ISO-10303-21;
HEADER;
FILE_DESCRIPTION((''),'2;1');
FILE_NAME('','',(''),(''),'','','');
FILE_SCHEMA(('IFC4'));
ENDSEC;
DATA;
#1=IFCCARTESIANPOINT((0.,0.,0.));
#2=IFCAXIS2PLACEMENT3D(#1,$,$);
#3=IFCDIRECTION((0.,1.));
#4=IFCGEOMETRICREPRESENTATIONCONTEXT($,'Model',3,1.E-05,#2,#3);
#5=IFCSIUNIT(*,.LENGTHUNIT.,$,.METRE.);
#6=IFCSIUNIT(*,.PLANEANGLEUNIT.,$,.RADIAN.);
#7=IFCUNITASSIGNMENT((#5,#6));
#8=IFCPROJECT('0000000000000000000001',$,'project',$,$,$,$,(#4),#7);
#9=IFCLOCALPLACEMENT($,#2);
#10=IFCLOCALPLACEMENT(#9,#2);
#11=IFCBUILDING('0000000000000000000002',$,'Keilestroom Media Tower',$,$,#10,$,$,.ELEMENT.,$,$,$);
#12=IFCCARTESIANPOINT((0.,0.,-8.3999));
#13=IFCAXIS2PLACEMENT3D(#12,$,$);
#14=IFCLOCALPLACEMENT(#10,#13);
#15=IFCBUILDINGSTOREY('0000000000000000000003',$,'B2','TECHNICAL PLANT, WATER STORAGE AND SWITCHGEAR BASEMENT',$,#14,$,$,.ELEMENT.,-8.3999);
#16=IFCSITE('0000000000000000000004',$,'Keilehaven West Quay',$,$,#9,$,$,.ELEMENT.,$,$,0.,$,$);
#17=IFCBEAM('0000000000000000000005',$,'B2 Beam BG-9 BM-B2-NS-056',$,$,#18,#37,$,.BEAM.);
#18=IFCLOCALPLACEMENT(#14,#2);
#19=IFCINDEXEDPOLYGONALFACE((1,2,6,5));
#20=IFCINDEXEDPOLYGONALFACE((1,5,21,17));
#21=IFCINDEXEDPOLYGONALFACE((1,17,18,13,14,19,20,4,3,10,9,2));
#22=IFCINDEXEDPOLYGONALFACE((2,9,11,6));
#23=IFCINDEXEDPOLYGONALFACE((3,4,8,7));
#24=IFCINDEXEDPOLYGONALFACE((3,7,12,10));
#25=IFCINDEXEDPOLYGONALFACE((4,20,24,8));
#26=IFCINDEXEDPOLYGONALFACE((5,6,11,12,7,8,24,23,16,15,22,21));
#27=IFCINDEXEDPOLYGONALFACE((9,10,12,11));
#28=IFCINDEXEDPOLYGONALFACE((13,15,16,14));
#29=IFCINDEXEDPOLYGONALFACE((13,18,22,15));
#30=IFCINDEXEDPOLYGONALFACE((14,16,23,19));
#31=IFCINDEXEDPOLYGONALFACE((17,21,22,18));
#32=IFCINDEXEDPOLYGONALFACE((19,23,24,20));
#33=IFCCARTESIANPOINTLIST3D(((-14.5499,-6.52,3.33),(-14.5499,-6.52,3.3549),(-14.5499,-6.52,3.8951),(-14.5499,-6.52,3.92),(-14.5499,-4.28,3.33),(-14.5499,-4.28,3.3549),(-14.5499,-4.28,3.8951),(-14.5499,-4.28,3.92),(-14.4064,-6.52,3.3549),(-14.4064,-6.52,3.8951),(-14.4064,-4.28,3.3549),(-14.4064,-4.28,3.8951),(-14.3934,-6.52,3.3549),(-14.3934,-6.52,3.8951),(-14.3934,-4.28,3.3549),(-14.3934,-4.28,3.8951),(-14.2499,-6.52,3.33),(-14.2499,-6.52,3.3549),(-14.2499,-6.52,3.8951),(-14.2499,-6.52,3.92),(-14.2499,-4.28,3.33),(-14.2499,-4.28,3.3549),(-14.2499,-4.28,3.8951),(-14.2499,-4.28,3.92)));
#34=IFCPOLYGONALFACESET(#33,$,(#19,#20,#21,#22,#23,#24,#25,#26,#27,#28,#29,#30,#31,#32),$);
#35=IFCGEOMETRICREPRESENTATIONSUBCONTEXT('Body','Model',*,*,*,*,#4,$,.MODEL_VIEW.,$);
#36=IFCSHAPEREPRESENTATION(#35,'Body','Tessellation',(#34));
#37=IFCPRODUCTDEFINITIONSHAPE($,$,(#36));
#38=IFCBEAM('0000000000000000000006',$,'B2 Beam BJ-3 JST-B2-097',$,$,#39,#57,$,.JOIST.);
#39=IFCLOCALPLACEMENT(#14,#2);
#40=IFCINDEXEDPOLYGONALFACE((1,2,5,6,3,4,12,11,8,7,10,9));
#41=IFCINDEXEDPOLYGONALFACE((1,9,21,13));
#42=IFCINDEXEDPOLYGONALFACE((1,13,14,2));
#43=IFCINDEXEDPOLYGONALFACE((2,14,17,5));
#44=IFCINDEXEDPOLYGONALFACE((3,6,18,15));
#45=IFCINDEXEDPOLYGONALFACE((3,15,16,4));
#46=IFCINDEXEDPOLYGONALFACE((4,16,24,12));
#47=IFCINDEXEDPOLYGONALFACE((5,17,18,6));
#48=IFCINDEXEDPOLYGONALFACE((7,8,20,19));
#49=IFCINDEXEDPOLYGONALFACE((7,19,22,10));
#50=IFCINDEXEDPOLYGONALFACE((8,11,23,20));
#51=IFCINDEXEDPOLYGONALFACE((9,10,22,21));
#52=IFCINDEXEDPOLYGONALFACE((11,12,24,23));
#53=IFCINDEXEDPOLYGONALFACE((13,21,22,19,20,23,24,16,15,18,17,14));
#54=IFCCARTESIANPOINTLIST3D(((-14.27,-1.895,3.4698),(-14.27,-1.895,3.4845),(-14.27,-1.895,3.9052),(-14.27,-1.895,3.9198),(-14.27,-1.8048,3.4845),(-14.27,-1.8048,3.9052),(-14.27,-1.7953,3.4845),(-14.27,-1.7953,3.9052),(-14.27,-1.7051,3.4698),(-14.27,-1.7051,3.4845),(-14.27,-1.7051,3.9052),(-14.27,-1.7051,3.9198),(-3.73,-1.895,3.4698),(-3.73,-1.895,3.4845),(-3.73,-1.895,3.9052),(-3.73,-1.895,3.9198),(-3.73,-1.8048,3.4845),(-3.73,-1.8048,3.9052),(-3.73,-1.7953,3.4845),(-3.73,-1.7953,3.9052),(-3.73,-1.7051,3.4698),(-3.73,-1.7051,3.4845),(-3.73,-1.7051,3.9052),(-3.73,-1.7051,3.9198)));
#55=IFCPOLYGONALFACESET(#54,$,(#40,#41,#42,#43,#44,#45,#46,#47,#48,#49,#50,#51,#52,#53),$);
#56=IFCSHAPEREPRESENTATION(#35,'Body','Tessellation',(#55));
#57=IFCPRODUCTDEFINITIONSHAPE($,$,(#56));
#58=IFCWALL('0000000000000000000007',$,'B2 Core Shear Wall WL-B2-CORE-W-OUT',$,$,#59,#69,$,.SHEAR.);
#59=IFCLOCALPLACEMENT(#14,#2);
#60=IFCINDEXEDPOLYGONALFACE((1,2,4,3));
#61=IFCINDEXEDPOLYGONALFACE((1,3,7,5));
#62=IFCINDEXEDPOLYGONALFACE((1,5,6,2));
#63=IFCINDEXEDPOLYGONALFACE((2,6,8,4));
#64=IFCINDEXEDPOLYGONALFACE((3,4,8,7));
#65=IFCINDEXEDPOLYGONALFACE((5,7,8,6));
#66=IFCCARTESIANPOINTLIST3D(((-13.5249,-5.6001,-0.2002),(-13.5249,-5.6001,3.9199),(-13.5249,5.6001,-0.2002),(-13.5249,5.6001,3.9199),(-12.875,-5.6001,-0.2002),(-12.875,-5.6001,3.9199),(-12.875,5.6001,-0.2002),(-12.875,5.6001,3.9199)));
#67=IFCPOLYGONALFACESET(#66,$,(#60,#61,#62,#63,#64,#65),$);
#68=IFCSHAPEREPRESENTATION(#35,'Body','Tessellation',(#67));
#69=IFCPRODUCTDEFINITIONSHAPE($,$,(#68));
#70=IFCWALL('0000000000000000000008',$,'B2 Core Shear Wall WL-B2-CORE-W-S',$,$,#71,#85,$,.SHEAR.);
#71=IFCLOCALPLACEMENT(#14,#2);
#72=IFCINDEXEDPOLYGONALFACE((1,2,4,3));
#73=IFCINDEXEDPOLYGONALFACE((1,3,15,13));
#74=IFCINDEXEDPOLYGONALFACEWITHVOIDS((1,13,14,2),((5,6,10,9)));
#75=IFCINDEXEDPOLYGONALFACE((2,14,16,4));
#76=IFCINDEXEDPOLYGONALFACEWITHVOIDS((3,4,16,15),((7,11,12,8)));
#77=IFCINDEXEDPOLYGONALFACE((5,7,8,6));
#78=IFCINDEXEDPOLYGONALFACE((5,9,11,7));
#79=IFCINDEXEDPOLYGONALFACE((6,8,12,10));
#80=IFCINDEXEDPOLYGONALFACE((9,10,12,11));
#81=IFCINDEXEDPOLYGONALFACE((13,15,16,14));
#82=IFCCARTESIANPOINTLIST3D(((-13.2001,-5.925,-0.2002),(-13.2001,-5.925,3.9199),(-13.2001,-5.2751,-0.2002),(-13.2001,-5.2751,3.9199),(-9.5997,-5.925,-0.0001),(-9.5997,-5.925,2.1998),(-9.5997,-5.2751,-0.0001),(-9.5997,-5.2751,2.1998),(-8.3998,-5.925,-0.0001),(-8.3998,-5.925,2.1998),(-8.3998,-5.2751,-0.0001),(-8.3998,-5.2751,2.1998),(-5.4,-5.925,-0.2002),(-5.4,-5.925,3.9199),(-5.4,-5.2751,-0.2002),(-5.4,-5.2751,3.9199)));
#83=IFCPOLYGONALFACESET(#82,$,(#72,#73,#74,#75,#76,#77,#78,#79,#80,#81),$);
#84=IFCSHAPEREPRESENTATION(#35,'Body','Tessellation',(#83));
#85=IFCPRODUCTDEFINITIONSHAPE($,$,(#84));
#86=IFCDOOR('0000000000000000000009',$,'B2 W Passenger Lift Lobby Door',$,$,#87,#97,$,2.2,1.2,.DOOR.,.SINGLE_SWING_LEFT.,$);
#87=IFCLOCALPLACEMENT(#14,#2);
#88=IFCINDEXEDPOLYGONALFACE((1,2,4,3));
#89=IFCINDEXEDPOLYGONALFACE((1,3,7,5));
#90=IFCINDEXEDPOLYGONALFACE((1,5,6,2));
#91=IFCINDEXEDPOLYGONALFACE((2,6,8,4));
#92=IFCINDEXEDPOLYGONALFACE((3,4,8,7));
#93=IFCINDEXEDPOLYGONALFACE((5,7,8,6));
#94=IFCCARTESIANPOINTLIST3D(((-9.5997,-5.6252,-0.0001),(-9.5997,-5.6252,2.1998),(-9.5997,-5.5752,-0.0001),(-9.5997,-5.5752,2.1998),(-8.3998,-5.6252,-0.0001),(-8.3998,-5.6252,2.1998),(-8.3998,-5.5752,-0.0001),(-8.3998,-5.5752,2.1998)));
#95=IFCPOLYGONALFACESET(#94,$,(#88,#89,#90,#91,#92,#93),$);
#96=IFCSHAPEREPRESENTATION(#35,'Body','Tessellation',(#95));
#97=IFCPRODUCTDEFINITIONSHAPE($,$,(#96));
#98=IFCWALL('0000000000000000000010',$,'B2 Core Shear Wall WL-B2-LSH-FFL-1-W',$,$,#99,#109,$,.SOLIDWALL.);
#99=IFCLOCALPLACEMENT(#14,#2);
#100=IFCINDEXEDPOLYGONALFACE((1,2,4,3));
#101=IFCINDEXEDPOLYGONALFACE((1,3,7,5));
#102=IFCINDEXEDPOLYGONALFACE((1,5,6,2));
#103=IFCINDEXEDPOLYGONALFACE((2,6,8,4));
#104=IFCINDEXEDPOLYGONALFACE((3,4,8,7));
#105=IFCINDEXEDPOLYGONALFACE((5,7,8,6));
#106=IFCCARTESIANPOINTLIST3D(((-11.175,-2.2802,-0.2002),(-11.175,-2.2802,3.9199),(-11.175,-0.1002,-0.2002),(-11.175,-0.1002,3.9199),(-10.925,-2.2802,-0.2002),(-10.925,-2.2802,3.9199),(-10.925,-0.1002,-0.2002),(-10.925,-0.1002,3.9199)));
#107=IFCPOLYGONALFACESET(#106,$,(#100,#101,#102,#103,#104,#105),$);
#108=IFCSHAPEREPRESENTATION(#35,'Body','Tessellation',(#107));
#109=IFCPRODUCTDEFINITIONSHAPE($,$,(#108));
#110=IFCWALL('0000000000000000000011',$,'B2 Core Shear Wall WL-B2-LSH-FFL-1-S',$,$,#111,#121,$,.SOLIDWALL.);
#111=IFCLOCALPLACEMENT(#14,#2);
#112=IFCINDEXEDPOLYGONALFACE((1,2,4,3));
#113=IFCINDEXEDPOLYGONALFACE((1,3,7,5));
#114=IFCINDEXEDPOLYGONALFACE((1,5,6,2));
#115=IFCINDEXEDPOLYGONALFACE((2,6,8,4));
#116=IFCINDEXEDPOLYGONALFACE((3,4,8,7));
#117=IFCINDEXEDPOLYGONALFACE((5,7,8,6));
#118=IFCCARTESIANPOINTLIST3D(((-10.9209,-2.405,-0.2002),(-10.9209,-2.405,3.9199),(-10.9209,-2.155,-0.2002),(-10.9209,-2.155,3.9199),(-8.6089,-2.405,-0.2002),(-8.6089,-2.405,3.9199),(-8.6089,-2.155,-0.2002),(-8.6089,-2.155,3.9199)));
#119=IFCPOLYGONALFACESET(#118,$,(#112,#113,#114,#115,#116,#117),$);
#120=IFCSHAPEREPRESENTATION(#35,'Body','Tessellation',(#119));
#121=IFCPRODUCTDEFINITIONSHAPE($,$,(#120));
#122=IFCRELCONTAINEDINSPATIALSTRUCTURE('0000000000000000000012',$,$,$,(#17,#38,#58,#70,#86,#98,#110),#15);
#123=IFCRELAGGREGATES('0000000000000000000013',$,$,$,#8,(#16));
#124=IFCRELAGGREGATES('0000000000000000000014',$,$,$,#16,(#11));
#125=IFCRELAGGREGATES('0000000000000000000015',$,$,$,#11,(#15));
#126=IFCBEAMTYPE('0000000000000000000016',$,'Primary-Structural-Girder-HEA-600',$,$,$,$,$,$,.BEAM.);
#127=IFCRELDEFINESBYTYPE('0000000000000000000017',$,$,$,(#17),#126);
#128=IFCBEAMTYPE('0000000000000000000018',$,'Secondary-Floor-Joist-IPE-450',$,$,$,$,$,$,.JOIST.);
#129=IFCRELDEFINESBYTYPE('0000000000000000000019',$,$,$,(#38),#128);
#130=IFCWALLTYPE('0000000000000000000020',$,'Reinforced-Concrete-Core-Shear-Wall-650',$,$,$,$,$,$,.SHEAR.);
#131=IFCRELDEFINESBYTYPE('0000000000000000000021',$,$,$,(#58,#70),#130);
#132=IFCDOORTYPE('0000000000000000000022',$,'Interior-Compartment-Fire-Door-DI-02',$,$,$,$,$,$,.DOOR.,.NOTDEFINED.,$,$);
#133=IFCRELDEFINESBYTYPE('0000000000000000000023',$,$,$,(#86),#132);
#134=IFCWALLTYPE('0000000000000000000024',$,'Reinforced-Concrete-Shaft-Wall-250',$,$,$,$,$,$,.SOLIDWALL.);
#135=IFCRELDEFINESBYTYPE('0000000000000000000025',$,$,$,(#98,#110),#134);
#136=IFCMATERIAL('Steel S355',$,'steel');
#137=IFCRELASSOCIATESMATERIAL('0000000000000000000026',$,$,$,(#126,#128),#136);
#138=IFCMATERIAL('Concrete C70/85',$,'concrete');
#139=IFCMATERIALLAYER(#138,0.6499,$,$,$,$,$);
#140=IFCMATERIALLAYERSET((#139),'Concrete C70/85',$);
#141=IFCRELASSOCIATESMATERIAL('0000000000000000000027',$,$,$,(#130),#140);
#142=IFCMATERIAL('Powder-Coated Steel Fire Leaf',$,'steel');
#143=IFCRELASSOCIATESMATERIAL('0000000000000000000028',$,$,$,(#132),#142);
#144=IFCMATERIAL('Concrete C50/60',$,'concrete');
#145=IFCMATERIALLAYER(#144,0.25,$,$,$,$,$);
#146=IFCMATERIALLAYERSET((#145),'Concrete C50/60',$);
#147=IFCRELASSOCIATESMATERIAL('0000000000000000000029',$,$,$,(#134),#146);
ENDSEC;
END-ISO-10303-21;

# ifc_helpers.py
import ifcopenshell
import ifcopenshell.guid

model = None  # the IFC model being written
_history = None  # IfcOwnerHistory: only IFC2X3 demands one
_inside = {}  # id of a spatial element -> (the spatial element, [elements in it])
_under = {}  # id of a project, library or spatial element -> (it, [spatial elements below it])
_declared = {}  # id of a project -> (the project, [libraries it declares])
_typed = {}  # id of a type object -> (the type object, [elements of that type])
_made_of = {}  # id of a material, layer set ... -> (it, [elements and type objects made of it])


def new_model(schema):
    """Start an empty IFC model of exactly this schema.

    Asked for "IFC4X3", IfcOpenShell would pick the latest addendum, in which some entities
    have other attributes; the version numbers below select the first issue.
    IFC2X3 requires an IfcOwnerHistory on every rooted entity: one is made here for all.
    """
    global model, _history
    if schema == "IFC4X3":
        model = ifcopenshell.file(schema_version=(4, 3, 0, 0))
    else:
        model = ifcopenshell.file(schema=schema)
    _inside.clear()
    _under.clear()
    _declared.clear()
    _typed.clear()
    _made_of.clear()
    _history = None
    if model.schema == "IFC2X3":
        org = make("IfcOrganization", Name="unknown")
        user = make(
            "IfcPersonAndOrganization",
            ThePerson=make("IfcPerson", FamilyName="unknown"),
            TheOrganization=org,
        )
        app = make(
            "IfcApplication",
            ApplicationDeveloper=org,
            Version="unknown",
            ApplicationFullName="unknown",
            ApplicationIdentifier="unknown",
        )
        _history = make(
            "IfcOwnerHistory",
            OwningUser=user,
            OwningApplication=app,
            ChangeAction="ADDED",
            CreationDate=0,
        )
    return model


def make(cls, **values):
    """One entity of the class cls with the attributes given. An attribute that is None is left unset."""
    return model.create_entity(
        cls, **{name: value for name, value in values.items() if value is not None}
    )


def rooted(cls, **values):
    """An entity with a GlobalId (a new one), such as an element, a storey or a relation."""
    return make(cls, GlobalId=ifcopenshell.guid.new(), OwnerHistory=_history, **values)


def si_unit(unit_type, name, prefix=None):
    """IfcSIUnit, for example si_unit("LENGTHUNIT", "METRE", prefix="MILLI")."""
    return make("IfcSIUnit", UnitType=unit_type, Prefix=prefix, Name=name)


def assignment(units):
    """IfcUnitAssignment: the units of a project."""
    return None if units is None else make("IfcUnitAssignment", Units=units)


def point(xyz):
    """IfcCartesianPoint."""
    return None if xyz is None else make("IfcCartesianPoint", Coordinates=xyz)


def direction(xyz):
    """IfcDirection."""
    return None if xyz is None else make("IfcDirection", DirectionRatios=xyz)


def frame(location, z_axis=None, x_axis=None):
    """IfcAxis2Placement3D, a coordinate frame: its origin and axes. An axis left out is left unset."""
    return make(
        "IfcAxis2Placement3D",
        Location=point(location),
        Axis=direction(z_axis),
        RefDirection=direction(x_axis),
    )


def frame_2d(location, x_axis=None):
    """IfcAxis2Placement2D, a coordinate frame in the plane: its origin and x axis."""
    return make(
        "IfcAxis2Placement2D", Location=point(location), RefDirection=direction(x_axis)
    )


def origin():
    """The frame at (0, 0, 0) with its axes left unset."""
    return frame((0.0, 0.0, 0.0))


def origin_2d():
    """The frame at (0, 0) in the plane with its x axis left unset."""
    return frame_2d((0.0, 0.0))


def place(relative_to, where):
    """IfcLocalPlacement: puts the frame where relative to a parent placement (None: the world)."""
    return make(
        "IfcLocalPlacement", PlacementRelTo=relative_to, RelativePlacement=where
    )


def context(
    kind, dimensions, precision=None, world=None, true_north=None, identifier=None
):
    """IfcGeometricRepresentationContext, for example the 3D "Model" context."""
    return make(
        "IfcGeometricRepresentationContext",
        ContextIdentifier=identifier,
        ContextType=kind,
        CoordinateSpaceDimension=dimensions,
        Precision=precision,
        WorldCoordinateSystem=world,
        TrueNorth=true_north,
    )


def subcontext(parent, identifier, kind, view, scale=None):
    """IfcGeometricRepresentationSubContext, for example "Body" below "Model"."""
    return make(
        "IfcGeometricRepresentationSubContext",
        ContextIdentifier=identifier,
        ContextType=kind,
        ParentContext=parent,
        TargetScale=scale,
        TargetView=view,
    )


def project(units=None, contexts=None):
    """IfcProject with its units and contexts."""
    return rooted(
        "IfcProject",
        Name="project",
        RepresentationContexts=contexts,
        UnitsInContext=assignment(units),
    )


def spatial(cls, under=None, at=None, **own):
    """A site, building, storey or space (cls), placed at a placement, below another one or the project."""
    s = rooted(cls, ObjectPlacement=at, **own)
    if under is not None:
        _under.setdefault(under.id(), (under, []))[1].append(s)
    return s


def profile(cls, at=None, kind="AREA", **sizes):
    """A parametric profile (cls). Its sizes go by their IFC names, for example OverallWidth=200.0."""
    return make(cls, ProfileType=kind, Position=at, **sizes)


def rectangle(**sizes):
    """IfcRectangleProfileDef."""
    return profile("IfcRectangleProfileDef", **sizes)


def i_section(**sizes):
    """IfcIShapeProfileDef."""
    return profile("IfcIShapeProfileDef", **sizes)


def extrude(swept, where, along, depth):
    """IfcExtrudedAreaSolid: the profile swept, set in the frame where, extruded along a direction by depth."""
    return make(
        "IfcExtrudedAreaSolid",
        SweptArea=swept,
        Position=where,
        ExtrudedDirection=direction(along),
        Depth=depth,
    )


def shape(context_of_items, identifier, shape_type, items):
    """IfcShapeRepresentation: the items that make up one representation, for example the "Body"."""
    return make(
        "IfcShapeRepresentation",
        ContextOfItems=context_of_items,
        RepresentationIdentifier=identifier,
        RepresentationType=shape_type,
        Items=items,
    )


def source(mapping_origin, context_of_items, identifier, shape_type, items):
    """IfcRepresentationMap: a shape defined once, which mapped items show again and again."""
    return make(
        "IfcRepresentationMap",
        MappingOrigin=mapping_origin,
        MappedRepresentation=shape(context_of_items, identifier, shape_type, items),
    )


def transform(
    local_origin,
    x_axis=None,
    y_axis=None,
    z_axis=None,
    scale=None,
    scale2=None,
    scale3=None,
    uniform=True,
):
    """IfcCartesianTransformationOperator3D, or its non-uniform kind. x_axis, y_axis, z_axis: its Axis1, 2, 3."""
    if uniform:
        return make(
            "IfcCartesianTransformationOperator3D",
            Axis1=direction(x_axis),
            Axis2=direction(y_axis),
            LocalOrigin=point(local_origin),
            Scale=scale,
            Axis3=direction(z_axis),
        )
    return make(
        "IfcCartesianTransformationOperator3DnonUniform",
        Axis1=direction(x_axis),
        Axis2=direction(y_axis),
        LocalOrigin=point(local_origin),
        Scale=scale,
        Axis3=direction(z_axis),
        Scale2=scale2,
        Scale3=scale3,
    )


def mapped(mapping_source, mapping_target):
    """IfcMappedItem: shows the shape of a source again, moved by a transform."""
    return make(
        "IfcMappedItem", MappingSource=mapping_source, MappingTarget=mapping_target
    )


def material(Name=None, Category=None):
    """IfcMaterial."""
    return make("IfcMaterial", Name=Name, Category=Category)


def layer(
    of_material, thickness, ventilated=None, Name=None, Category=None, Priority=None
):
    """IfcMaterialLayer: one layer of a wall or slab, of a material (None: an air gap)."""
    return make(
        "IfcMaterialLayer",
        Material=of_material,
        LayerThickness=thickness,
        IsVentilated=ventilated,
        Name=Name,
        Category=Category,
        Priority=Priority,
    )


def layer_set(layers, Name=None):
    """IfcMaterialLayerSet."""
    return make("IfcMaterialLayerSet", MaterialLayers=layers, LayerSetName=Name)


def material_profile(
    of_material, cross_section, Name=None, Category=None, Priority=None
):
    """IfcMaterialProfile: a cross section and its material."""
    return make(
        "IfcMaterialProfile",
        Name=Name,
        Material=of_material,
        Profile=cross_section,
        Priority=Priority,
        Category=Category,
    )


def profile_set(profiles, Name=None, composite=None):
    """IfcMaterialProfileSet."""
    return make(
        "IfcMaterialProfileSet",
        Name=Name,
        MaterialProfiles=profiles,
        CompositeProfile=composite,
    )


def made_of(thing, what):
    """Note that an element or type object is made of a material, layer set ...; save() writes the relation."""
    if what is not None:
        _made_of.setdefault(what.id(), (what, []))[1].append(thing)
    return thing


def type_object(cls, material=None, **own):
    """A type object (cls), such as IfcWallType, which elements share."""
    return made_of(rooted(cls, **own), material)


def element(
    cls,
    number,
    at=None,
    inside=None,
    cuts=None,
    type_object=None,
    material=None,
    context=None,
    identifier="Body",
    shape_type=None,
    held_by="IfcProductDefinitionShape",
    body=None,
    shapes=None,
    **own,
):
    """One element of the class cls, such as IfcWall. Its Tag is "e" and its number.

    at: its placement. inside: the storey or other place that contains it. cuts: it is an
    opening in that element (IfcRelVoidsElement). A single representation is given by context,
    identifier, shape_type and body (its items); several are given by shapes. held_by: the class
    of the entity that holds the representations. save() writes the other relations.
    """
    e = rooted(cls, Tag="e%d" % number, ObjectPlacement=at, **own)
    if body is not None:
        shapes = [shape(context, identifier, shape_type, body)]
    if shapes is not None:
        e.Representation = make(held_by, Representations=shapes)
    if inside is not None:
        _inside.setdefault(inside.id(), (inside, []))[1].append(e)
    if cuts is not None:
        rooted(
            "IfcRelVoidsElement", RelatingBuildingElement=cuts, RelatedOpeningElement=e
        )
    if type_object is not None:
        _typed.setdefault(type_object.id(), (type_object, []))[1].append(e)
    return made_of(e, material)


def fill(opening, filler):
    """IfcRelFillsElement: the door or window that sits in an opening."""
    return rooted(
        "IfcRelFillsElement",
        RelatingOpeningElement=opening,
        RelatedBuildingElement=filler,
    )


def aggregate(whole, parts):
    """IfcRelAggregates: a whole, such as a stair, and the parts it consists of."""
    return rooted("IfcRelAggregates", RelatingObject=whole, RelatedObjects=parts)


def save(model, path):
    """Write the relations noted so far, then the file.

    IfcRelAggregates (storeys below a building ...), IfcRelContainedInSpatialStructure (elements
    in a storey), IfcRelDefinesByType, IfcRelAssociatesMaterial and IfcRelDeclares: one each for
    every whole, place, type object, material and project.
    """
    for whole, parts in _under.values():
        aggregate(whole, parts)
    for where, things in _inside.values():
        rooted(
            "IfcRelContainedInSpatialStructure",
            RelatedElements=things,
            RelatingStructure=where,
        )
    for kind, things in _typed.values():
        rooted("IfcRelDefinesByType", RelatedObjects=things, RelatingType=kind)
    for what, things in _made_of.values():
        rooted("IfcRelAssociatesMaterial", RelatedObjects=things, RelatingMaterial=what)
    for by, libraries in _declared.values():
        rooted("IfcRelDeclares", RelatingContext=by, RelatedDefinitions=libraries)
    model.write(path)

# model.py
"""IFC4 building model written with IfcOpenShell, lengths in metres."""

from ifc_helpers import new_model, si_unit, direction, frame, frame_2d, origin, origin_2d, place, context, subcontext, project, spatial, rectangle, i_section, extrude, source, transform, mapped, material, layer, layer_set, material_profile, profile_set, type_object, element, fill, save


model = new_model("IFC4")

# Units and contexts
model_context = context("Model", 3, precision=1e-05, world=origin(), true_north=direction((0.0, 1.0)))
body_context = subcontext(model_context, "Body", "Model", "MODEL_VIEW")
ifc_project = project(units=[si_unit("LENGTHUNIT", "METRE"), si_unit("PLANEANGLEUNIT", "RADIAN")], contexts=[model_context])

# Site, building, storey
site_placement = place(None, origin())
site = spatial("IfcSite", under=ifc_project, at=site_placement, Name="Keilehaven West Quay", CompositionType="ELEMENT", RefElevation=0.0)
building_placement = place(site_placement, origin())
building = spatial("IfcBuilding", under=site, at=building_placement, Name="Keilestroom Media Tower", CompositionType="ELEMENT")
storey_placement = place(building_placement, frame((0.0, 0.0, -8.3999)))
storey = spatial("IfcBuildingStorey", under=building, at=storey_placement, Name="B2", Description="TECHNICAL PLANT, WATER STORAGE AND SWITCHGEAR BASEMENT", CompositionType="ELEMENT", Elevation=-8.3999)

# Shared definitions
ifc_material_1 = material(Name="Concrete C70/85", Category="concrete")

# Beams
ifc_material_2 = material(Name="Steel S355", Category="steel")
ifc_material_profile_1 = material_profile(ifc_material_2, i_section(OverallWidth=0.3, OverallDepth=0.5901, WebThickness=0.0129, FlangeThickness=0.0249, at=origin_2d()), Name="HEA 600")
ifc_profile_set_1 = profile_set([ifc_material_profile_1], Name="Steel S355")
beam_type_1 = type_object("IfcBeamType", Name="Primary-Structural-Girder-HEA-600", PredefinedType="BEAM", material=ifc_profile_set_1)
shared_shape_1 = source(origin(), body_context, "Body", "SweptSolid", [
    extrude(i_section(OverallWidth=0.3, OverallDepth=0.5901, WebThickness=0.0129, FlangeThickness=0.0249, at=origin_2d()), origin(), (0.0, 0.0, 1.0), 2.24),
])
beam_1_placement = place(storey_placement, frame((-14.3999, -6.52, 3.625), z_axis=(0.0, 1.0, 0.0), x_axis=(-1.0, 0.0, 0.0)))
element("IfcBeam", 1, at=beam_1_placement, inside=storey, type_object=beam_type_1, Name="B2 Beam BG-9 BM-B2-NS-056", PredefinedType="BEAM", context=body_context, shape_type="MappedRepresentation", body=[
    mapped(shared_shape_1, transform((0.0, 0.0, 0.0), x_axis=(1.0, 0.0, 0.0), y_axis=(0.0, 1.0, 0.0), z_axis=(0.0, 0.0, 1.0), scale=1.0)),
])
ifc_material_profile_2 = material_profile(ifc_material_2, i_section(OverallWidth=0.1899, OverallDepth=0.45, WebThickness=0.0095, FlangeThickness=0.0146, at=origin_2d()), Name="IPE 450")
ifc_profile_set_2 = profile_set([ifc_material_profile_2], Name="Steel S355")
beam_type_2 = type_object("IfcBeamType", Name="Secondary-Floor-Joist-IPE-450", PredefinedType="JOIST", material=ifc_profile_set_2)
shared_shape_2 = source(origin(), body_context, "Body", "SweptSolid", [
    extrude(i_section(OverallWidth=0.1899, OverallDepth=0.45, WebThickness=0.0095, FlangeThickness=0.0146, at=origin_2d()), origin(), (0.0, 0.0, 1.0), 10.54),
])
beam_2_placement = place(storey_placement, frame((-14.27, -1.8, 3.6948), z_axis=(1.0, 0.0, 0.0), x_axis=(0.0, 1.0, 0.0)))
element("IfcBeam", 2, at=beam_2_placement, inside=storey, type_object=beam_type_2, Name="B2 Beam BJ-3 JST-B2-097", PredefinedType="JOIST", context=body_context, shape_type="MappedRepresentation", body=[
    mapped(shared_shape_2, transform((0.0, 0.0, 0.0), x_axis=(1.0, 0.0, 0.0), y_axis=(0.0, 1.0, 0.0), z_axis=(0.0, 0.0, 1.0), scale=1.0)),
])

# Wall
ifc_layer_1 = layer(ifc_material_1, 0.6499)
ifc_layer_set_1 = layer_set([ifc_layer_1], Name="Concrete C70/85")
wall_type_1 = type_object("IfcWallType", Name="Reinforced-Concrete-Core-Shear-Wall-650", PredefinedType="SHEAR", material=ifc_layer_set_1)
wall_1_placement = place(storey_placement, frame((-13.2, -5.6001, -0.2002), z_axis=(0.0, 0.0, 1.0), x_axis=(0.0, 1.0, 0.0)))
element("IfcWall", 3, at=wall_1_placement, inside=storey, type_object=wall_type_1, Name="B2 Core Shear Wall WL-B2-CORE-W-OUT", PredefinedType="SHEAR", context=body_context, shape_type="SweptSolid", body=[
    extrude(rectangle(XDim=11.2002, YDim=0.6499, at=frame_2d((5.6001, 0.0))), origin(), (0.0, 0.0, 1.0), 4.1201),
])

# Wall, opening, door
wall_2_placement = place(storey_placement, frame((-13.2, -5.6001, -0.2002), z_axis=(0.0, 0.0, 1.0), x_axis=(1.0, 0.0, 0.0)))
wall_2 = element("IfcWall", 4, at=wall_2_placement, inside=storey, type_object=wall_type_1, Name="B2 Core Shear Wall WL-B2-CORE-W-S", PredefinedType="SHEAR", context=body_context, shape_type="SweptSolid", body=[
    extrude(rectangle(XDim=7.8, YDim=0.6499, at=frame_2d((3.8999, 0.0))), origin(), (0.0, 0.0, 1.0), 4.1201),
])
opening_placement = place(wall_2_placement, frame((3.6001, 0.0, 0.2)))
opening = element("IfcOpeningElement", 5, at=opening_placement, cuts=wall_2, PredefinedType="OPENING", context=body_context, shape_type="SweptSolid", body=[
    extrude(rectangle(XDim=1.2, YDim=2.2, at=frame_2d((0.6001, 1.1001))), frame((0.0, 0.335, 0.0), z_axis=(0.0, -1.0, 0.0), x_axis=(1.0, 0.0, 0.0)), (0.0, 0.0, 1.0), 0.6699),
])
ifc_material_3 = material(Name="Powder-Coated Steel Fire Leaf", Category="steel")
door_type = type_object("IfcDoorType", Name="Interior-Compartment-Fire-Door-DI-02", OperationType="NOTDEFINED", PredefinedType="DOOR", material=ifc_material_3)
shared_shape_3 = source(origin(), body_context, "Body", "SweptSolid", [
    extrude(rectangle(XDim=1.2, YDim=2.2, at=frame_2d((0.6001, 1.1001))), frame((0.0, 0.0249, 0.0), z_axis=(0.0, -1.0, 0.0), x_axis=(1.0, 0.0, 0.0)), (0.0, 0.0, 1.0), 0.05),
])
door_placement = place(opening_placement, origin())
door = element("IfcDoor", 6, at=door_placement, inside=storey, type_object=door_type, Name="B2 W Passenger Lift Lobby Door", OperationType="SINGLE_SWING_LEFT", OverallHeight=2.2, OverallWidth=1.2, PredefinedType="DOOR", context=body_context, shape_type="MappedRepresentation", body=[
    mapped(shared_shape_3, transform((0.0, 0.0, 0.0), x_axis=(1.0, 0.0, 0.0), y_axis=(0.0, 1.0, 0.0), z_axis=(0.0, 0.0, 1.0), scale=1.0)),
])
fill(opening, door)

# Walls
ifc_material_4 = material(Name="Concrete C50/60", Category="concrete")
ifc_layer_2 = layer(ifc_material_4, 0.25)
ifc_layer_set_2 = layer_set([ifc_layer_2], Name="Concrete C50/60")
wall_type_2 = type_object("IfcWallType", Name="Reinforced-Concrete-Shaft-Wall-250", PredefinedType="SOLIDWALL", material=ifc_layer_set_2)
wall_3_placement = place(storey_placement, frame((-11.05, -2.28, -0.2002), z_axis=(0.0, 0.0, 1.0), x_axis=(0.0, 1.0, 0.0)))
element("IfcWall", 7, at=wall_3_placement, inside=storey, type_object=wall_type_2, Name="B2 Core Shear Wall WL-B2-LSH-FFL-1-W", PredefinedType="SOLIDWALL", context=body_context, shape_type="SweptSolid", body=[
    extrude(rectangle(XDim=2.1799, YDim=0.25, at=frame_2d((1.0898, 0.0))), origin(), (0.0, 0.0, 1.0), 4.1201),
])
wall_4_placement = place(storey_placement, frame((-10.9209, -2.28, -0.2002), z_axis=(0.0, 0.0, 1.0), x_axis=(1.0, 0.0, 0.0)))
element("IfcWall", 8, at=wall_4_placement, inside=storey, type_object=wall_type_2, Name="B2 Core Shear Wall WL-B2-LSH-FFL-1-S", PredefinedType="SOLIDWALL", context=body_context, shape_type="SweptSolid", body=[
    extrude(rectangle(XDim=2.312, YDim=0.25, at=frame_2d((1.156, 0.0))), origin(), (0.0, 0.0, 1.0), 4.1201),
])

save(model, "model.ifc")
